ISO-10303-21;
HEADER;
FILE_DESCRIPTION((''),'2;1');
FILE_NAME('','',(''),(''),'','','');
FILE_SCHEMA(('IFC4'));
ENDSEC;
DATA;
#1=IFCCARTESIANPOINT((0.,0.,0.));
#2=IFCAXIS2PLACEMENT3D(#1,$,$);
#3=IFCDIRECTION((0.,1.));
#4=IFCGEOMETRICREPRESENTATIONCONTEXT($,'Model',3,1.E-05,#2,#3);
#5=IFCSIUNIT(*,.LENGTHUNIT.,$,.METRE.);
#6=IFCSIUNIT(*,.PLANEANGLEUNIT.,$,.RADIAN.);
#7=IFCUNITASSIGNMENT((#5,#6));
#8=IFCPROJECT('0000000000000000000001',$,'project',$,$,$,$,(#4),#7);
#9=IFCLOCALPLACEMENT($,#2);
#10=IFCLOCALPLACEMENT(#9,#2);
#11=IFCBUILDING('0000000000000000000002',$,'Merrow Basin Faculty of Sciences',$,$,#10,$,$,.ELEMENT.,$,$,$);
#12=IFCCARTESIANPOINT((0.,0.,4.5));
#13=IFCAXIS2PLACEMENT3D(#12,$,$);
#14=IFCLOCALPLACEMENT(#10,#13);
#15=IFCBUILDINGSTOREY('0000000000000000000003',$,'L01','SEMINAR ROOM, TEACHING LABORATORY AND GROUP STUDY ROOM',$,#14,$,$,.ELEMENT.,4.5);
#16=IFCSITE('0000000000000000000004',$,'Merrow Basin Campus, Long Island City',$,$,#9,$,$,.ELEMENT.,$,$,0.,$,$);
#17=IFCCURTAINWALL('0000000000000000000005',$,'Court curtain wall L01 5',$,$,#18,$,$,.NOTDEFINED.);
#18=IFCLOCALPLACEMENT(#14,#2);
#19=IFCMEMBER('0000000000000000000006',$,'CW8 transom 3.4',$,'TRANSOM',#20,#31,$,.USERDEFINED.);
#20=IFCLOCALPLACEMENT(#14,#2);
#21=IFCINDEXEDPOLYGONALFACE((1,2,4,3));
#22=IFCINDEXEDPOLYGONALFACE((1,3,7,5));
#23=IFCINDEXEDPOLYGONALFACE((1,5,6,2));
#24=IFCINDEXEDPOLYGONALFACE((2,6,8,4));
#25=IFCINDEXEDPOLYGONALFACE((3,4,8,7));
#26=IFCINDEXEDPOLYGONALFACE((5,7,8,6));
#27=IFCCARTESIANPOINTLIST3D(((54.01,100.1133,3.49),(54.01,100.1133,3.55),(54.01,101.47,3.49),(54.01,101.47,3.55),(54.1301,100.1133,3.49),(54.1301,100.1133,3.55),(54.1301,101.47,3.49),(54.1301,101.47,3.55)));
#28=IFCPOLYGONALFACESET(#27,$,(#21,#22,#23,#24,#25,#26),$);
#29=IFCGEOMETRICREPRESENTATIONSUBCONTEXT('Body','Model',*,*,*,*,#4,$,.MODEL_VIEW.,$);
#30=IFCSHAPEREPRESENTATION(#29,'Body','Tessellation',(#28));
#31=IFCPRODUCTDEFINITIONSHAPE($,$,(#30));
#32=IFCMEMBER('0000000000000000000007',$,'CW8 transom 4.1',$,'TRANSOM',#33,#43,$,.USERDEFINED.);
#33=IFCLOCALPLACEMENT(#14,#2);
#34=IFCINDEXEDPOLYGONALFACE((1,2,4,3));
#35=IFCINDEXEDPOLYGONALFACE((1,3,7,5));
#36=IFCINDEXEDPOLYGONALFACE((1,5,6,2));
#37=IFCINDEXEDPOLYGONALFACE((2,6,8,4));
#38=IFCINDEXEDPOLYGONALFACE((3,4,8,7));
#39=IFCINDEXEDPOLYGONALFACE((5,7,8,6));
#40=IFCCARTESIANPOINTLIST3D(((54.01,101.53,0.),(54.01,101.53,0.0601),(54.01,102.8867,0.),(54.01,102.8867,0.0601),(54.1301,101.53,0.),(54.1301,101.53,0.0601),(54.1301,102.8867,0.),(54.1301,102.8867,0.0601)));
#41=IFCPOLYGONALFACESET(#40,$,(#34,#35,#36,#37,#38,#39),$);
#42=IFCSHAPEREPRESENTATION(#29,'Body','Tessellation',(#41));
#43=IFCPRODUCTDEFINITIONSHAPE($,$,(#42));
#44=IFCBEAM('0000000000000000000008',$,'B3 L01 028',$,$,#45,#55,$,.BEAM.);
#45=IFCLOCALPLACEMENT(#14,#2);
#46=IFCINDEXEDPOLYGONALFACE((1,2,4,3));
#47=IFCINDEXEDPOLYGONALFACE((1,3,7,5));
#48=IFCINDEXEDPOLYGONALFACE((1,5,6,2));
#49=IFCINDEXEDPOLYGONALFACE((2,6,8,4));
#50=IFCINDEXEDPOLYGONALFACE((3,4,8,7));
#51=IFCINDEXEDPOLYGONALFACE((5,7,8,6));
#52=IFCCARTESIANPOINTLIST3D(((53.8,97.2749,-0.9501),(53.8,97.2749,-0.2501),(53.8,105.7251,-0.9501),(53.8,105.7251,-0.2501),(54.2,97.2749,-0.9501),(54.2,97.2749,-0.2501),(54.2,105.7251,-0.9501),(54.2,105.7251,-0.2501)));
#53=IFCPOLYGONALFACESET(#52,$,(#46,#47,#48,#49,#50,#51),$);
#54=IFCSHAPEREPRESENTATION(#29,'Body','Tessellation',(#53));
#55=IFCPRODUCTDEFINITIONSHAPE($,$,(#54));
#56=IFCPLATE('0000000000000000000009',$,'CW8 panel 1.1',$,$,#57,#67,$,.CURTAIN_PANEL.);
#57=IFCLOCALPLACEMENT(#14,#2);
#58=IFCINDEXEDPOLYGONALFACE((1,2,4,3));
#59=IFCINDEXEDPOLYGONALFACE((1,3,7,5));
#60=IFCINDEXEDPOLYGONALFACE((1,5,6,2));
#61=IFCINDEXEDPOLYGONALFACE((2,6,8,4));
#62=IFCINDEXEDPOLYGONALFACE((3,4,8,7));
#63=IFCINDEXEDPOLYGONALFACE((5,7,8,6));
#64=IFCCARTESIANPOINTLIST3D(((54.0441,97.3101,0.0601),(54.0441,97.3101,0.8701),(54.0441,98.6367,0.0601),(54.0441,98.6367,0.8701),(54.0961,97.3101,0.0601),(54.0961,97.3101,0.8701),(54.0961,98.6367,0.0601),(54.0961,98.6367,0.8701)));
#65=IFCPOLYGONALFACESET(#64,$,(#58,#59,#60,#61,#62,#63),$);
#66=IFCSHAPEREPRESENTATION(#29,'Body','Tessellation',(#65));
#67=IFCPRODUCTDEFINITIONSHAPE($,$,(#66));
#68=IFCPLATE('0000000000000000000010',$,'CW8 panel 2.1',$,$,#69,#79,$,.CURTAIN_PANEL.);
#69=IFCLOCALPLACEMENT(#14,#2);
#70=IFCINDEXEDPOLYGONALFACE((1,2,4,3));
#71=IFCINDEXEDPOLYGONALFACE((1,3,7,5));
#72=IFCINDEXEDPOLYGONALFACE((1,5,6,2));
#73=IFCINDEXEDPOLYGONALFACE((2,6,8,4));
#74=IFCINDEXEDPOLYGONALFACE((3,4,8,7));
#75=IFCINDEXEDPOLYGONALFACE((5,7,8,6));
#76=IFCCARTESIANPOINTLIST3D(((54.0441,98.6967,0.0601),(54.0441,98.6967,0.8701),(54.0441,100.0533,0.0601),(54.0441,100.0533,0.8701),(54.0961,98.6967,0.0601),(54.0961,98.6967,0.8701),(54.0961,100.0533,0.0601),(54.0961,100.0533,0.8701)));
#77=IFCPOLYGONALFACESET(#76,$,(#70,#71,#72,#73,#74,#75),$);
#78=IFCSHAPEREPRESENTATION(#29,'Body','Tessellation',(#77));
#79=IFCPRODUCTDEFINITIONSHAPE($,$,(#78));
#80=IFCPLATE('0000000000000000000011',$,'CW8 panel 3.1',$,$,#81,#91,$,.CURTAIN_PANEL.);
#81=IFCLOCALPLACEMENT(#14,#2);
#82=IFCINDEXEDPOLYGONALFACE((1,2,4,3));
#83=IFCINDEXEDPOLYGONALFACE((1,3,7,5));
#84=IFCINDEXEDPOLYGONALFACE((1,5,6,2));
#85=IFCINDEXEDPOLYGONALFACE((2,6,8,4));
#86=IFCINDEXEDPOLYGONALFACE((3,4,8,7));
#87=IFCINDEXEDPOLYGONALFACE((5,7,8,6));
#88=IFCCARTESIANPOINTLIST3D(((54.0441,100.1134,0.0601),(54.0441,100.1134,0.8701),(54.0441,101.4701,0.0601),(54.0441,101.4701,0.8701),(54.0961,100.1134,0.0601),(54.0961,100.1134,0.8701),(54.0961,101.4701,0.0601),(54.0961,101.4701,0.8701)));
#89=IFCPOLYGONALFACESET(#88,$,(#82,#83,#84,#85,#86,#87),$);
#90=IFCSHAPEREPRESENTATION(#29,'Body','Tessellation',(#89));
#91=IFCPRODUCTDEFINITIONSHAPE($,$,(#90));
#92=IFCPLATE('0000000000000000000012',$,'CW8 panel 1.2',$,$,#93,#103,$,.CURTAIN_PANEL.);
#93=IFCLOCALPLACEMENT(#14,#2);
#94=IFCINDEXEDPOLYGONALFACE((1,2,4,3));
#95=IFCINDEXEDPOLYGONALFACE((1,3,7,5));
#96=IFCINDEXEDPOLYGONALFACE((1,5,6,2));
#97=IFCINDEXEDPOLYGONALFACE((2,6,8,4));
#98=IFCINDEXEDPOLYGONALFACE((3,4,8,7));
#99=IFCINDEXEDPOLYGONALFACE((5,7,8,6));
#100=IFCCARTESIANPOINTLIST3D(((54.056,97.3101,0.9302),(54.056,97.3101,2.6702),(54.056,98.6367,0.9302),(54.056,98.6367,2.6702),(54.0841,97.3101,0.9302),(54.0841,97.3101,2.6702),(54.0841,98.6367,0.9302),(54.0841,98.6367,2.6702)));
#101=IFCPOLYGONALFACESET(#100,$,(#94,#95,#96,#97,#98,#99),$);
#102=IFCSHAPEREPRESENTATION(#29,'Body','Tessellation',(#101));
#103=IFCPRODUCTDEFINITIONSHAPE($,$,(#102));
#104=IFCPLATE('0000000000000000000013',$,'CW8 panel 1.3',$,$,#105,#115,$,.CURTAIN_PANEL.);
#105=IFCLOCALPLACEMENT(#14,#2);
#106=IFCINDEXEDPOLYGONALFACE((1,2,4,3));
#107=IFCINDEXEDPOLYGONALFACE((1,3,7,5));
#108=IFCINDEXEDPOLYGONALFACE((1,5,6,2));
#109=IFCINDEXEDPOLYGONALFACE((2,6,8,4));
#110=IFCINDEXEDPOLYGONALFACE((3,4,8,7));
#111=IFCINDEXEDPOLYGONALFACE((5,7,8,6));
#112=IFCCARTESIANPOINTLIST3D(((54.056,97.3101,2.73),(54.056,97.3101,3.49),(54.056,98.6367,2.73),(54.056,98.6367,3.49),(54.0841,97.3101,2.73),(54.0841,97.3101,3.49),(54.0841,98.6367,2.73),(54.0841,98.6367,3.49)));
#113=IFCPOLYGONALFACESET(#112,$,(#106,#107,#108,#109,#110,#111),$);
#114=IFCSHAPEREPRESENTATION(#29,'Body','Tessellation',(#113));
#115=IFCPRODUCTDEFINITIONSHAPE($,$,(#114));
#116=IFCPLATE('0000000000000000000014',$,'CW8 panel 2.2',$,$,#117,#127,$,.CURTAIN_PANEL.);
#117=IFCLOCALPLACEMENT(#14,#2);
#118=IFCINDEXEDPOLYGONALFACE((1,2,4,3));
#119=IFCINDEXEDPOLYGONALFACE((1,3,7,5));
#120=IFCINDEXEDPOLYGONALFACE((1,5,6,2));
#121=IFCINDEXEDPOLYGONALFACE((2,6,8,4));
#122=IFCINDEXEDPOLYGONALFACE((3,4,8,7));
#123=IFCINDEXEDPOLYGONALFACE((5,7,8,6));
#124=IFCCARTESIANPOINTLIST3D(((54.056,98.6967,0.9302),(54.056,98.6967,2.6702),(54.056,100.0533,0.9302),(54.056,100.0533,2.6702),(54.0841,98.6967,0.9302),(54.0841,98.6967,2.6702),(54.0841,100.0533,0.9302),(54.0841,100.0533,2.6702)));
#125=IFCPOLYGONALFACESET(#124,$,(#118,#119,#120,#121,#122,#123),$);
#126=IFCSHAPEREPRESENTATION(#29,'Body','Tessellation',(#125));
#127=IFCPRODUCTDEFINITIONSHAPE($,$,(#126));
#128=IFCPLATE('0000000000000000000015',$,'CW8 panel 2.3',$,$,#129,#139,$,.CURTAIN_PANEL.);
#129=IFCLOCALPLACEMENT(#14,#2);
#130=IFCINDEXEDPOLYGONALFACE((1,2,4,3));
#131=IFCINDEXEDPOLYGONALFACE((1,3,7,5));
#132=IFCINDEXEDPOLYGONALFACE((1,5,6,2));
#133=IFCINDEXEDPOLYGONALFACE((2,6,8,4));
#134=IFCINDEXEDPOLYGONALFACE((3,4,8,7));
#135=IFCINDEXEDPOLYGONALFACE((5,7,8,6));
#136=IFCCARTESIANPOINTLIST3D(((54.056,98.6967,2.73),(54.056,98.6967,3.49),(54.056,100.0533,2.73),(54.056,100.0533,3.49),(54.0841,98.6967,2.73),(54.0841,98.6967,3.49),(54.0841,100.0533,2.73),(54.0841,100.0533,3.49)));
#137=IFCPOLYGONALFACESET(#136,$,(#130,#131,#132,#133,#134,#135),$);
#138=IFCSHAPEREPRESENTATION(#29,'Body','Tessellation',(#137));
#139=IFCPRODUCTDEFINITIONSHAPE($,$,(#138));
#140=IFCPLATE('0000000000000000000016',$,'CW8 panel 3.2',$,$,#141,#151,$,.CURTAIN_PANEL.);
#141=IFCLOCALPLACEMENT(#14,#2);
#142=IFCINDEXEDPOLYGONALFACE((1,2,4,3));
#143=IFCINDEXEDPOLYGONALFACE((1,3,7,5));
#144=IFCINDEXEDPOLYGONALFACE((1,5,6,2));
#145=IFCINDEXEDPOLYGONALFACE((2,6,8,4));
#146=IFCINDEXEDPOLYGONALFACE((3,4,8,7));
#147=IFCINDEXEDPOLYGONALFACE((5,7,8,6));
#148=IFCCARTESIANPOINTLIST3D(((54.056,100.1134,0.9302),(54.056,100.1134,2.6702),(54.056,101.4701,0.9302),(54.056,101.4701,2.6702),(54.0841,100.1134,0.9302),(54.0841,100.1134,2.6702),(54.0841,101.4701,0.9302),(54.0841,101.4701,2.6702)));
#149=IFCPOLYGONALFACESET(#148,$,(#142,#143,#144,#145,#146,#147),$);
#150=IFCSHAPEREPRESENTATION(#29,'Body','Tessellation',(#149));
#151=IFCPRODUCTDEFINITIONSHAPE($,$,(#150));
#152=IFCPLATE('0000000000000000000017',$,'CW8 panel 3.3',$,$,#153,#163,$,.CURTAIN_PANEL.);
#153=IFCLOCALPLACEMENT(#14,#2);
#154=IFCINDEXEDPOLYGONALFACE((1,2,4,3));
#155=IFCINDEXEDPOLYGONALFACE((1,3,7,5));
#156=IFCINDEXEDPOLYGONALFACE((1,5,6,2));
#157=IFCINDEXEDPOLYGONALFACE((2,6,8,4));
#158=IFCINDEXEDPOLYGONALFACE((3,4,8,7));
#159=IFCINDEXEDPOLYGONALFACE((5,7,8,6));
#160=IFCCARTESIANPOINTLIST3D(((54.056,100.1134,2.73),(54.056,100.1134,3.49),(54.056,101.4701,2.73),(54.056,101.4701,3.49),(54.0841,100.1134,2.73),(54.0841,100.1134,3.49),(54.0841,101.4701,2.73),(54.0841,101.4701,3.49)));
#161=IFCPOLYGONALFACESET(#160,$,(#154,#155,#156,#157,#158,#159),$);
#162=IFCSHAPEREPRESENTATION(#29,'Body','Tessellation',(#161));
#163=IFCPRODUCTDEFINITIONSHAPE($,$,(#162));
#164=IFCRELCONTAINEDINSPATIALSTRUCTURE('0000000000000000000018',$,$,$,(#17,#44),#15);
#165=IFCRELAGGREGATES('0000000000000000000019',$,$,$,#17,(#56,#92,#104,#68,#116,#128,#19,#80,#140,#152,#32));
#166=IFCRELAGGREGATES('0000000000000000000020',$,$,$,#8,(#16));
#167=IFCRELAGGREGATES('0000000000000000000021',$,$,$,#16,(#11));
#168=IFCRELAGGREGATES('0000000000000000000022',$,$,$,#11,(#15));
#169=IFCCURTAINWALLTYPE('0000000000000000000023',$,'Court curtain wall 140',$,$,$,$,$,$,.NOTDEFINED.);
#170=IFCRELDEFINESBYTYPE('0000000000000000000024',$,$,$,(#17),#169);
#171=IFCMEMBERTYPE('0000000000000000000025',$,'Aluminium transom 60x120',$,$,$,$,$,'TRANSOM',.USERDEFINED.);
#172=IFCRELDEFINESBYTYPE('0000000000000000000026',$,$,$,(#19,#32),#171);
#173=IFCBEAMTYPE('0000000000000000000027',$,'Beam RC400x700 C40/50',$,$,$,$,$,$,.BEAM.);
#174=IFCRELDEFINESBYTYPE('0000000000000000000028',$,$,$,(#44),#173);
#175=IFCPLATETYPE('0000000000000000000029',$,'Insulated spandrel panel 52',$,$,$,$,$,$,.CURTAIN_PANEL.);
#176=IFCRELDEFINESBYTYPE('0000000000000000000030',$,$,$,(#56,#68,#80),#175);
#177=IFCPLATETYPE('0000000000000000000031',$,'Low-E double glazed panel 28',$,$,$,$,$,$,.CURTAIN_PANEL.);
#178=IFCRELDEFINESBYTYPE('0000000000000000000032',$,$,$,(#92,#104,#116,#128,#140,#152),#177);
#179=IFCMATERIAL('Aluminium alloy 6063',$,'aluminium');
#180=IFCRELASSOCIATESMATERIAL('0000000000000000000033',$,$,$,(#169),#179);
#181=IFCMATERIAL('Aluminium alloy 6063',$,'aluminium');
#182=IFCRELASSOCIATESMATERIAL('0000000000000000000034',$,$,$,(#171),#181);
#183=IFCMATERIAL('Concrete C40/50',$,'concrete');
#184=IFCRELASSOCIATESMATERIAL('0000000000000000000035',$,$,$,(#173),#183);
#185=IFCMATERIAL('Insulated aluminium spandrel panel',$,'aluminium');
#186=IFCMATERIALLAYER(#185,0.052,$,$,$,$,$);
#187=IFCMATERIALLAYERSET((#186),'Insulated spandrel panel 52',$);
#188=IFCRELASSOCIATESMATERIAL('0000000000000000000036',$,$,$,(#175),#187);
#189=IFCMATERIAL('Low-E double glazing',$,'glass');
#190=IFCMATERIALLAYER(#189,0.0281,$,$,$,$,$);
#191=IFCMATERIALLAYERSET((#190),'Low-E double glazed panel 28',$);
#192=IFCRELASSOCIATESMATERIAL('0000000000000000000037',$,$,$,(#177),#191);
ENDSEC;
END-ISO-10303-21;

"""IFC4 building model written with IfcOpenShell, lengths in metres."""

from ifc_helpers import new_model, si_unit, direction, frame, origin, origin_2d, place, context, subcontext, project, spatial, rectangle, extrude, material, layer, layer_set, material_profile, profile_set, type_object, element, aggregate, save


model = new_model("IFC4")

# Units and contexts
model_context = context("Model", 3, precision=1e-05, world=origin(), true_north=direction((0.0, 1.0)))
body_context = subcontext(model_context, "Body", "Model", "MODEL_VIEW")
ifc_project = project(units=[si_unit("LENGTHUNIT", "METRE"), si_unit("PLANEANGLEUNIT", "RADIAN")], contexts=[model_context])

# Site, building, storey
site_placement = place(None, origin())
site = spatial("IfcSite", under=ifc_project, at=site_placement, Name="Merrow Basin Campus, Long Island City", CompositionType="ELEMENT", RefElevation=0.0)
building_placement = place(site_placement, origin())
building = spatial("IfcBuilding", under=site, at=building_placement, Name="Merrow Basin Faculty of Sciences", CompositionType="ELEMENT")
storey_placement = place(building_placement, frame((0.0, 0.0, 4.5)))
storey = spatial("IfcBuildingStorey", under=building, at=storey_placement, Name="L01", Description="SEMINAR ROOM, TEACHING LABORATORY AND GROUP STUDY ROOM", CompositionType="ELEMENT", Elevation=4.5)

# Curtain wall, members
ifc_material_1 = material(Name="Aluminium alloy 6063", Category="aluminium")
curtain_wall_type = type_object("IfcCurtainWallType", Name="Court curtain wall 140", PredefinedType="NOTDEFINED", material=ifc_material_1)
curtain_wall_placement = place(storey_placement, origin())
curtain_wall = element("IfcCurtainWall", 1, at=curtain_wall_placement, inside=storey, type_object=curtain_wall_type, Name="Court curtain wall L01 5", PredefinedType="NOTDEFINED")
ifc_material_2 = material(Name="Aluminium alloy 6063", Category="aluminium")
ifc_material_profile_1 = material_profile(ifc_material_2, rectangle(XDim=0.1201, YDim=0.0601, at=origin_2d()))
ifc_profile_set_1 = profile_set([ifc_material_profile_1], Name="Aluminium alloy 6063")
member_type_1 = type_object("IfcMemberType", Name="Aluminium transom 60x120", ElementType="TRANSOM", PredefinedType="USERDEFINED", material=ifc_profile_set_1)
member_1_placement = place(storey_placement, frame((54.0701, 100.1133, 3.52), z_axis=(0.0, 1.0, 0.0), x_axis=(-1.0, 0.0, 0.0)))
member_1 = element("IfcMember", 2, at=member_1_placement, type_object=member_type_1, Name="CW8 transom 3.4", ObjectType="TRANSOM", PredefinedType="USERDEFINED", context=body_context, shape_type="SweptSolid", body=[
    extrude(rectangle(XDim=0.1201, YDim=0.0601, at=origin_2d()), origin(), (0.0, 0.0, 1.0), 1.3567),
])
member_2_placement = place(storey_placement, frame((54.0701, 101.53, 0.03), z_axis=(0.0, 1.0, 0.0), x_axis=(-1.0, 0.0, 0.0)))
member_2 = element("IfcMember", 3, at=member_2_placement, type_object=member_type_1, Name="CW8 transom 4.1", ObjectType="TRANSOM", PredefinedType="USERDEFINED", context=body_context, shape_type="SweptSolid", body=[
    extrude(rectangle(XDim=0.1201, YDim=0.0601, at=origin_2d()), origin(), (0.0, 0.0, 1.0), 1.3567),
])

# Beam
ifc_material_3 = material(Name="Concrete C40/50", Category="concrete")
ifc_material_profile_2 = material_profile(ifc_material_3, rectangle(XDim=0.3999, YDim=0.7, at=origin_2d()))
ifc_profile_set_2 = profile_set([ifc_material_profile_2], Name="Concrete C40/50")
beam_type = type_object("IfcBeamType", Name="Beam RC400x700 C40/50", PredefinedType="BEAM", material=ifc_profile_set_2)
beam_placement = place(storey_placement, frame((54.0, 97.2749, -0.6001), z_axis=(0.0, 1.0, 0.0), x_axis=(-1.0, 0.0, 0.0)))
element("IfcBeam", 4, at=beam_placement, inside=storey, type_object=beam_type, Name="B3 L01 028", PredefinedType="BEAM", context=body_context, shape_type="SweptSolid", body=[
    extrude(rectangle(XDim=0.3999, YDim=0.7, at=origin_2d()), origin(), (0.0, 0.0, 1.0), 8.4502),
])

# Plates
ifc_material_4 = material(Name="Insulated aluminium spandrel panel", Category="aluminium")
ifc_layer_1 = layer(ifc_material_4, 0.052)
ifc_layer_set_1 = layer_set([ifc_layer_1], Name="Insulated spandrel panel 52")
plate_type_1 = type_object("IfcPlateType", Name="Insulated spandrel panel 52", PredefinedType="CURTAIN_PANEL", material=ifc_layer_set_1)
plate_1_placement = place(storey_placement, frame((54.0701, 97.9734, 0.0601), z_axis=(0.0, 0.0, 1.0), x_axis=(0.0, 1.0, 0.0)))
plate_1 = element("IfcPlate", 5, at=plate_1_placement, type_object=plate_type_1, Name="CW8 panel 1.1", PredefinedType="CURTAIN_PANEL", context=body_context, shape_type="SweptSolid", body=[
    extrude(rectangle(XDim=1.3267, YDim=0.052, at=origin_2d()), origin(), (0.0, 0.0, 1.0), 0.8101),
])
plate_2_placement = place(storey_placement, frame((54.0701, 99.375, 0.0601), z_axis=(0.0, 0.0, 1.0), x_axis=(0.0, 1.0, 0.0)))
plate_2 = element("IfcPlate", 6, at=plate_2_placement, type_object=plate_type_1, Name="CW8 panel 2.1", PredefinedType="CURTAIN_PANEL", context=body_context, shape_type="SweptSolid", body=[
    extrude(rectangle(XDim=1.3567, YDim=0.052, at=origin_2d()), origin(), (0.0, 0.0, 1.0), 0.8101),
])
plate_3_placement = place(storey_placement, frame((54.0701, 100.7917, 0.0601), z_axis=(0.0, 0.0, 1.0), x_axis=(0.0, 1.0, 0.0)))
plate_3 = element("IfcPlate", 7, at=plate_3_placement, type_object=plate_type_1, Name="CW8 panel 3.1", PredefinedType="CURTAIN_PANEL", context=body_context, shape_type="SweptSolid", body=[
    extrude(rectangle(XDim=1.3567, YDim=0.052, at=origin_2d()), origin(), (0.0, 0.0, 1.0), 0.8101),
])
ifc_material_5 = material(Name="Low-E double glazing", Category="glass")
ifc_layer_2 = layer(ifc_material_5, 0.0281)
ifc_layer_set_2 = layer_set([ifc_layer_2], Name="Low-E double glazed panel 28")
plate_type_2 = type_object("IfcPlateType", Name="Low-E double glazed panel 28", PredefinedType="CURTAIN_PANEL", material=ifc_layer_set_2)
plate_4_placement = place(storey_placement, frame((54.0701, 97.9734, 0.9302), z_axis=(0.0, 0.0, 1.0), x_axis=(0.0, 1.0, 0.0)))
plate_4 = element("IfcPlate", 8, at=plate_4_placement, type_object=plate_type_2, Name="CW8 panel 1.2", PredefinedType="CURTAIN_PANEL", context=body_context, shape_type="SweptSolid", body=[
    extrude(rectangle(XDim=1.3267, YDim=0.0281, at=origin_2d()), origin(), (0.0, 0.0, 1.0), 1.74),
])
plate_5_placement = place(storey_placement, frame((54.0701, 97.9734, 2.73), z_axis=(0.0, 0.0, 1.0), x_axis=(0.0, 1.0, 0.0)))
plate_5 = element("IfcPlate", 9, at=plate_5_placement, type_object=plate_type_2, Name="CW8 panel 1.3", PredefinedType="CURTAIN_PANEL", context=body_context, shape_type="SweptSolid", body=[
    extrude(rectangle(XDim=1.3267, YDim=0.0281, at=origin_2d()), origin(), (0.0, 0.0, 1.0), 0.76),
])
plate_6_placement = place(storey_placement, frame((54.0701, 99.375, 0.9302), z_axis=(0.0, 0.0, 1.0), x_axis=(0.0, 1.0, 0.0)))
plate_6 = element("IfcPlate", 10, at=plate_6_placement, type_object=plate_type_2, Name="CW8 panel 2.2", PredefinedType="CURTAIN_PANEL", context=body_context, shape_type="SweptSolid", body=[
    extrude(rectangle(XDim=1.3567, YDim=0.0281, at=origin_2d()), origin(), (0.0, 0.0, 1.0), 1.74),
])
plate_7_placement = place(storey_placement, frame((54.0701, 99.375, 2.73), z_axis=(0.0, 0.0, 1.0), x_axis=(0.0, 1.0, 0.0)))
plate_7 = element("IfcPlate", 11, at=plate_7_placement, type_object=plate_type_2, Name="CW8 panel 2.3", PredefinedType="CURTAIN_PANEL", context=body_context, shape_type="SweptSolid", body=[
    extrude(rectangle(XDim=1.3567, YDim=0.0281, at=origin_2d()), origin(), (0.0, 0.0, 1.0), 0.76),
])
plate_8_placement = place(storey_placement, frame((54.0701, 100.7917, 0.9302), z_axis=(0.0, 0.0, 1.0), x_axis=(0.0, 1.0, 0.0)))
plate_8 = element("IfcPlate", 12, at=plate_8_placement, type_object=plate_type_2, Name="CW8 panel 3.2", PredefinedType="CURTAIN_PANEL", context=body_context, shape_type="SweptSolid", body=[
    extrude(rectangle(XDim=1.3567, YDim=0.0281, at=origin_2d()), origin(), (0.0, 0.0, 1.0), 1.74),
])
plate_9_placement = place(storey_placement, frame((54.0701, 100.7917, 2.73), z_axis=(0.0, 0.0, 1.0), x_axis=(0.0, 1.0, 0.0)))
plate_9 = element("IfcPlate", 13, at=plate_9_placement, type_object=plate_type_2, Name="CW8 panel 3.3", PredefinedType="CURTAIN_PANEL", context=body_context, shape_type="SweptSolid", body=[
    extrude(rectangle(XDim=1.3567, YDim=0.0281, at=origin_2d()), origin(), (0.0, 0.0, 1.0), 0.76),
])
aggregate(curtain_wall, [plate_1, plate_4, plate_5, plate_2, plate_6, plate_7, member_1, plate_3, plate_8, plate_9, member_2])

save(model, "model.ifc")
